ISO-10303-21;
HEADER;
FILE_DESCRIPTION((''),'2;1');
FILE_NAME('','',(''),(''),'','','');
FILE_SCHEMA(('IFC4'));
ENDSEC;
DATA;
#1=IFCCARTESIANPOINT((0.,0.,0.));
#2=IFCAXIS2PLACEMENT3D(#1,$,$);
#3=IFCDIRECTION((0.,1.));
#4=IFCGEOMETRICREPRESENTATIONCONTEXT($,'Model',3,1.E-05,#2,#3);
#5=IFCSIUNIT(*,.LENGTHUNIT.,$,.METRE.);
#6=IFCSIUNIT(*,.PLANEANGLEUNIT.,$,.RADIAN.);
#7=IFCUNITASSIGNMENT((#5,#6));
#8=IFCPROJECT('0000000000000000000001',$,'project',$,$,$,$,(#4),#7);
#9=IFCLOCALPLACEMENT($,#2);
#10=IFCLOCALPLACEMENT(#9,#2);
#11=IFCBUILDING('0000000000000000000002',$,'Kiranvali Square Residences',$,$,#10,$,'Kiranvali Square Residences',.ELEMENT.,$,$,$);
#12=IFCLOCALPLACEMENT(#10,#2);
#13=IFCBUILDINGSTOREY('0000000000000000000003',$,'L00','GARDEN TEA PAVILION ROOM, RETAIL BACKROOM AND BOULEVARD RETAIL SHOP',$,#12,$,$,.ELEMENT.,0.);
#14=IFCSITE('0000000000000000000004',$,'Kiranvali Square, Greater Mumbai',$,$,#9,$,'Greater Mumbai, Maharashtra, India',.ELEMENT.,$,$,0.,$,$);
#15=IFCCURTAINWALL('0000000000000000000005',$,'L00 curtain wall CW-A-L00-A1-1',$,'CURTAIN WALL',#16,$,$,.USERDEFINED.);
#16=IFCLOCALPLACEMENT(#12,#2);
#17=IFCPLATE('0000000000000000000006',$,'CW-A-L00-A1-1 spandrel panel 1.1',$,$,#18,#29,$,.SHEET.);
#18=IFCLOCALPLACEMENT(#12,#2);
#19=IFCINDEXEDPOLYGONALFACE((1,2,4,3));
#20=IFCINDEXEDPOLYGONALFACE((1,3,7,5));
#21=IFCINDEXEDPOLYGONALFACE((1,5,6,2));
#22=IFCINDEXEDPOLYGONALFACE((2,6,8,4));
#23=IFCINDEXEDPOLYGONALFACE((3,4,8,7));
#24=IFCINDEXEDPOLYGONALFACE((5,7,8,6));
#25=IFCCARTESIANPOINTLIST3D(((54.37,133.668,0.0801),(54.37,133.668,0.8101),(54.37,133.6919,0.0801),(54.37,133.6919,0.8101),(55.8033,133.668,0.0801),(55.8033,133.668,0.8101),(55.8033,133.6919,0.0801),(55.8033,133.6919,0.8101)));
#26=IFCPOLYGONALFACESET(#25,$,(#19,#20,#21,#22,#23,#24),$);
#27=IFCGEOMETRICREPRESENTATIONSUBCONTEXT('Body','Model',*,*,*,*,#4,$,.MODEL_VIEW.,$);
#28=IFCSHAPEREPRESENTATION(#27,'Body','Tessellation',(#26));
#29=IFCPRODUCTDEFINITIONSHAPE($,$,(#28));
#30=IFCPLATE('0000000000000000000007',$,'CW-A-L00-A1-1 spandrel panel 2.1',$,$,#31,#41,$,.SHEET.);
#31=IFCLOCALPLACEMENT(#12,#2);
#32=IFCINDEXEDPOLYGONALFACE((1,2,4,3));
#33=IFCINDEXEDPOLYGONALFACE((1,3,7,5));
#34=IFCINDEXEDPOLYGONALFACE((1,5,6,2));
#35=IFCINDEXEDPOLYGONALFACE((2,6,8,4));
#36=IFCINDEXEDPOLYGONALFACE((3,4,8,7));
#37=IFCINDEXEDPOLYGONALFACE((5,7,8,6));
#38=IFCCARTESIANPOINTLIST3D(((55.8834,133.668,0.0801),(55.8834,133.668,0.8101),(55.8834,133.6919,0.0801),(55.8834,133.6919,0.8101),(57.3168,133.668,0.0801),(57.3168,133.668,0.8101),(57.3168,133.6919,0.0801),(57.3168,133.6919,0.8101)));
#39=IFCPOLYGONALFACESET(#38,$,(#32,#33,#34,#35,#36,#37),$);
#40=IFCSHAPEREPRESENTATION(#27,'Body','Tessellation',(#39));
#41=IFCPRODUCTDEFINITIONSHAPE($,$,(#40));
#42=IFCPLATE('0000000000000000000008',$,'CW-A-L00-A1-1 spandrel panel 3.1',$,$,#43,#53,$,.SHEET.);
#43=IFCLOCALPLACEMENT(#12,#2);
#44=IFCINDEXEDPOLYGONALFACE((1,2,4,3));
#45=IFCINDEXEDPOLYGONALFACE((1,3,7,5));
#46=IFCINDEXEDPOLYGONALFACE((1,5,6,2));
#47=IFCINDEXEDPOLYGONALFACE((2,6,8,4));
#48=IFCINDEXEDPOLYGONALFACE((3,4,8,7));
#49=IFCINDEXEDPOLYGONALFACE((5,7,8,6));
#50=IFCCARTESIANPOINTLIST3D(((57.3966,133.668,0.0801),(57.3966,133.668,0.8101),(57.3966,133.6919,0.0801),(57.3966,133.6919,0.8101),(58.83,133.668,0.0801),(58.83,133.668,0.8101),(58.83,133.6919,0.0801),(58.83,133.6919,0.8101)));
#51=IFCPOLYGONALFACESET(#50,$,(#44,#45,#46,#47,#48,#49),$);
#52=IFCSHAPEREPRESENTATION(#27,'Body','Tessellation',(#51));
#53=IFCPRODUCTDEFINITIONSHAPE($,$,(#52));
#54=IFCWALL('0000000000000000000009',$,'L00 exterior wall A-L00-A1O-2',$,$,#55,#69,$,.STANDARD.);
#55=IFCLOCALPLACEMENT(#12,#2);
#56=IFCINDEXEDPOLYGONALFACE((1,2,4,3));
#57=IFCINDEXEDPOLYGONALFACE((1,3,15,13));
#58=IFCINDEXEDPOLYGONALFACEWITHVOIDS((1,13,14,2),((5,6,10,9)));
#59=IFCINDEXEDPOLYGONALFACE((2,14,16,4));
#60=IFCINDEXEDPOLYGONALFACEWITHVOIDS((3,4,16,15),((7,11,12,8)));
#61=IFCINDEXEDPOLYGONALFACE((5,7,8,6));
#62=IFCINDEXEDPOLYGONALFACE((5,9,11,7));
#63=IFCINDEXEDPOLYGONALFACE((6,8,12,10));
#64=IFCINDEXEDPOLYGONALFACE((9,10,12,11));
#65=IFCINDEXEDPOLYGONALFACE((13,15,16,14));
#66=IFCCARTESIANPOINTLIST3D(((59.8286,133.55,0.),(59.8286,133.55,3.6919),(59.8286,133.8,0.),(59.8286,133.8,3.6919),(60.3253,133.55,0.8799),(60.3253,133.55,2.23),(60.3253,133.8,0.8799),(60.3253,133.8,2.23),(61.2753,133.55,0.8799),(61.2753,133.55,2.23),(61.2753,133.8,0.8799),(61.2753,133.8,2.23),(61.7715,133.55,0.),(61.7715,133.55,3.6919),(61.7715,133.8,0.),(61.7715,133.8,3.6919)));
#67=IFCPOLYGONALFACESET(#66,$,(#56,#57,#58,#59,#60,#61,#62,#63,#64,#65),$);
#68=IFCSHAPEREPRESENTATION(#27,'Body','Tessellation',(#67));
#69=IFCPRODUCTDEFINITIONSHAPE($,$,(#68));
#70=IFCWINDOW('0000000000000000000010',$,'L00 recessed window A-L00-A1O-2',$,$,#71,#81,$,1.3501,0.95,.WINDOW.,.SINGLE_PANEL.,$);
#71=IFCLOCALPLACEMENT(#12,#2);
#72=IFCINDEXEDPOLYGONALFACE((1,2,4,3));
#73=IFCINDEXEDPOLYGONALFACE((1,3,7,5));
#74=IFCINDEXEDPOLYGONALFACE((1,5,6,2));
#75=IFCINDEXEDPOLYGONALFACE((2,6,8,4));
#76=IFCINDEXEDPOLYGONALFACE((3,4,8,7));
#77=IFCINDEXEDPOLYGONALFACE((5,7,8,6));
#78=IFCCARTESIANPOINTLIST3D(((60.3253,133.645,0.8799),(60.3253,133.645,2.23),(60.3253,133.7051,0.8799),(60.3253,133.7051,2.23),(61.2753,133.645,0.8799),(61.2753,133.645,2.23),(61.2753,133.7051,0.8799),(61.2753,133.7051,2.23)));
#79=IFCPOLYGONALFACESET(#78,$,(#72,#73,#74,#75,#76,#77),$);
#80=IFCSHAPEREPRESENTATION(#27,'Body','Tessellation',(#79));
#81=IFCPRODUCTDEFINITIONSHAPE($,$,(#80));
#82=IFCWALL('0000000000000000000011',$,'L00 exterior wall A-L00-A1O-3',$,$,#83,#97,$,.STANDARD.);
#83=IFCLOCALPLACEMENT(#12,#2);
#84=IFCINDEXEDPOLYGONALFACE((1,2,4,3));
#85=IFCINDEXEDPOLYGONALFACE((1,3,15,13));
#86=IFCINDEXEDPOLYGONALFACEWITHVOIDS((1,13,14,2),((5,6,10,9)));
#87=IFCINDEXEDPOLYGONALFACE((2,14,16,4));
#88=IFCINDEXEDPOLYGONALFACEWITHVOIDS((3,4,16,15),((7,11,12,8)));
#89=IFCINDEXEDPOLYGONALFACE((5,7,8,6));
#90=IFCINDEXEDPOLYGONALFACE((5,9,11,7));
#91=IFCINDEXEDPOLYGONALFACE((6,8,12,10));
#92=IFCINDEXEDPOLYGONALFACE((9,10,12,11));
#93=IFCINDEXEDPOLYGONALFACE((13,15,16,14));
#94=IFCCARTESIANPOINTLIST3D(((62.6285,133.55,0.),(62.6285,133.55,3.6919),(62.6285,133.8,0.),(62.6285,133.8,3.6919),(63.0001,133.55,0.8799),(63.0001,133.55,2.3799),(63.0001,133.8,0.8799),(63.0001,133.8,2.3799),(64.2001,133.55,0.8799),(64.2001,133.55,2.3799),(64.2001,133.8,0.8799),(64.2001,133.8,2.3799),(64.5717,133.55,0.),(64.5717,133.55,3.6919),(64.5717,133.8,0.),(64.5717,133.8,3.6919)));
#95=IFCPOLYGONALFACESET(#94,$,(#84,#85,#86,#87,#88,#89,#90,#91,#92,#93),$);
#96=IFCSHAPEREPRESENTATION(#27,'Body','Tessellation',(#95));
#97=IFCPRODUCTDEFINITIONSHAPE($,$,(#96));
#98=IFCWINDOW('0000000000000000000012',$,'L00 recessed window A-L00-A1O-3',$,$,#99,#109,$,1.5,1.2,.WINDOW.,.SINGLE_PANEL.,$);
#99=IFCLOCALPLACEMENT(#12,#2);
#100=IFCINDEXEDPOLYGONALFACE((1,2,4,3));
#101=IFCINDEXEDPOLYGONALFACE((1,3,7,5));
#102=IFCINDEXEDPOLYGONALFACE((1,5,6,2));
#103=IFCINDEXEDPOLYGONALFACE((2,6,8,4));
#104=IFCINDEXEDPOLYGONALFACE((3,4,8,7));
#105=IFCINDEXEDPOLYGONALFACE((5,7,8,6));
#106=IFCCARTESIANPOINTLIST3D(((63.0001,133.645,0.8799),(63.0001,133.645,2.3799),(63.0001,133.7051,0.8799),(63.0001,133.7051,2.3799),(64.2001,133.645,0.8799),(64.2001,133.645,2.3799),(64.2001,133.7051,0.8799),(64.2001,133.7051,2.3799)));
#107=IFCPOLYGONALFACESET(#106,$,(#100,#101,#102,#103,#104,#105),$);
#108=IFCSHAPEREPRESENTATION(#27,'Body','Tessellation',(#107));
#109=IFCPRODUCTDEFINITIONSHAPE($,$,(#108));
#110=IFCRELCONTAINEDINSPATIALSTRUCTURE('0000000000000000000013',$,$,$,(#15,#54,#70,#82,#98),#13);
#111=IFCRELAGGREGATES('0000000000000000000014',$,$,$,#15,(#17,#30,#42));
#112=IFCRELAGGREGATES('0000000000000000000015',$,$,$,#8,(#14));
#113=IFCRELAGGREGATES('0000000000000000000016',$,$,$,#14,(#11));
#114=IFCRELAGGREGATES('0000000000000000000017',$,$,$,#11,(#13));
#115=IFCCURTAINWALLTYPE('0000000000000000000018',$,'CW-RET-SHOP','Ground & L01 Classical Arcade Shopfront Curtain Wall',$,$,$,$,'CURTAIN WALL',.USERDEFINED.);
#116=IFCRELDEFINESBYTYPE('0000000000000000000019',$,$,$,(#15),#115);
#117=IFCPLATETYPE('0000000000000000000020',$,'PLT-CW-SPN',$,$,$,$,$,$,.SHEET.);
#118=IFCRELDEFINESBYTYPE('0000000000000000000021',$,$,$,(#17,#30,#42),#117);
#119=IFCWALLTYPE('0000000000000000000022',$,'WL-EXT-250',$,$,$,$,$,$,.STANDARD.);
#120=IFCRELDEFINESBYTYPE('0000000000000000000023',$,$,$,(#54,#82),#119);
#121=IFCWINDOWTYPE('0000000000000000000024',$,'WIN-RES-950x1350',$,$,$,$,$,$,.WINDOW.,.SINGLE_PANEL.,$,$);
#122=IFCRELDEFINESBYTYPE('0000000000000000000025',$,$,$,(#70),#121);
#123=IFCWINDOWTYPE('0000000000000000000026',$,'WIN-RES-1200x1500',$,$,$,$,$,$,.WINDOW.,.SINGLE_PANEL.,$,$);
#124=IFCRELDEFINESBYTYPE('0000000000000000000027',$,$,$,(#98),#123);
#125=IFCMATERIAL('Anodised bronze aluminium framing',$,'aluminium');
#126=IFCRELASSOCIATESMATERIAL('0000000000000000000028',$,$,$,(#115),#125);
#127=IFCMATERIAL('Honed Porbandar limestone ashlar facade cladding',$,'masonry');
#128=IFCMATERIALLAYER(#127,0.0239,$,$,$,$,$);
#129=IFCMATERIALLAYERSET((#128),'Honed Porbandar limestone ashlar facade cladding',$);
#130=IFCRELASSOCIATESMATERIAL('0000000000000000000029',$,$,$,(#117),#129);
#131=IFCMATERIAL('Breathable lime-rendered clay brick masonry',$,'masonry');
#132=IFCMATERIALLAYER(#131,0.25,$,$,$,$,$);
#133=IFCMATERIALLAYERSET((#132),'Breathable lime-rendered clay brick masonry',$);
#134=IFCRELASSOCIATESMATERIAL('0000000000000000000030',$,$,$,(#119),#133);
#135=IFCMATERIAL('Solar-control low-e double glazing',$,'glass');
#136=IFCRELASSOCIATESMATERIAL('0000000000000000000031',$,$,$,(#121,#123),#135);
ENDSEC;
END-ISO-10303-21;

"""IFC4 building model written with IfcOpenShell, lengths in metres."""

from ifc_helpers import new_model, si_unit, direction, frame, frame_2d, origin, origin_2d, place, context, subcontext, project, spatial, rectangle, extrude, material, layer, layer_set, type_object, element, fill, aggregate, save


model = new_model("IFC4")

# Units and contexts
model_context = context("Model", 3, precision=1e-05, world=origin(), true_north=direction((0.0, 1.0)))
body_context = subcontext(model_context, "Body", "Model", "MODEL_VIEW")
ifc_project = project(units=[si_unit("LENGTHUNIT", "METRE"), si_unit("PLANEANGLEUNIT", "RADIAN")], contexts=[model_context])

# Site, building, storey
site_placement = place(None, origin())
site = spatial("IfcSite", under=ifc_project, at=site_placement, Name="Kiranvali Square, Greater Mumbai", LongName="Greater Mumbai, Maharashtra, India", CompositionType="ELEMENT", RefElevation=0.0)
building_placement = place(site_placement, origin())
building = spatial("IfcBuilding", under=site, at=building_placement, Name="Kiranvali Square Residences", LongName="Kiranvali Square Residences", CompositionType="ELEMENT")
storey_placement = place(building_placement, origin())
storey = spatial("IfcBuildingStorey", under=building, at=storey_placement, Name="L00", Description="GARDEN TEA PAVILION ROOM, RETAIL BACKROOM AND BOULEVARD RETAIL SHOP", CompositionType="ELEMENT", Elevation=0.0)

# Curtain wall
ifc_material_1 = material(Name="Anodised bronze aluminium framing", Category="aluminium")
curtain_wall_type = type_object("IfcCurtainWallType", Name="CW-RET-SHOP", Description="Ground & L01 Classical Arcade Shopfront Curtain Wall", ElementType="CURTAIN WALL", PredefinedType="USERDEFINED", material=ifc_material_1)
curtain_wall_1_placement = place(storey_placement, origin())
curtain_wall_1 = element("IfcCurtainWall", 1, at=curtain_wall_1_placement, inside=storey, type_object=curtain_wall_type, Name="L00 curtain wall CW-A-L00-A1-1", ObjectType="CURTAIN WALL", PredefinedType="USERDEFINED")

# Plates
ifc_material_2 = material(Name="Solar-control low-e double glazing", Category="glass")
ifc_material_3 = material(Name="Honed Porbandar limestone ashlar facade cladding", Category="masonry")
ifc_layer_1 = layer(ifc_material_3, 0.0239)
ifc_layer_set_1 = layer_set([ifc_layer_1], Name="Honed Porbandar limestone ashlar facade cladding")
plate_type_1 = type_object("IfcPlateType", Name="PLT-CW-SPN", PredefinedType="SHEET", material=ifc_layer_set_1)
plate_1_placement = place(storey_placement, frame((55.0867, 133.6799, 0.0801), z_axis=(0.0, 0.0, 1.0), x_axis=(1.0, 0.0, 0.0)))
plate_1 = element("IfcPlate", 2, at=plate_1_placement, type_object=plate_type_1, Name="CW-A-L00-A1-1 spandrel panel 1.1", PredefinedType="SHEET", context=body_context, shape_type="SweptSolid", body=[
    extrude(rectangle(XDim=1.4333, YDim=0.0239, at=origin_2d()), origin(), (0.0, 0.0, 1.0), 0.73),
])
plate_2_placement = place(storey_placement, frame((56.6001, 133.6799, 0.0801), z_axis=(0.0, 0.0, 1.0), x_axis=(1.0, 0.0, 0.0)))
plate_2 = element("IfcPlate", 3, at=plate_2_placement, type_object=plate_type_1, Name="CW-A-L00-A1-1 spandrel panel 2.1", PredefinedType="SHEET", context=body_context, shape_type="SweptSolid", body=[
    extrude(rectangle(XDim=1.4333, YDim=0.0239, at=origin_2d()), origin(), (0.0, 0.0, 1.0), 0.73),
])
plate_3_placement = place(storey_placement, frame((58.1133, 133.6799, 0.0801), z_axis=(0.0, 0.0, 1.0), x_axis=(1.0, 0.0, 0.0)))
plate_3 = element("IfcPlate", 4, at=plate_3_placement, type_object=plate_type_1, Name="CW-A-L00-A1-1 spandrel panel 3.1", PredefinedType="SHEET", context=body_context, shape_type="SweptSolid", body=[
    extrude(rectangle(XDim=1.4333, YDim=0.0239, at=origin_2d()), origin(), (0.0, 0.0, 1.0), 0.73),
])
aggregate(curtain_wall_1, [plate_1, plate_2, plate_3])

# Walls, openings, windows
ifc_material_4 = material(Name="Breathable lime-rendered clay brick masonry", Category="masonry")
ifc_layer_2 = layer(ifc_material_4, 0.25)
ifc_layer_set_2 = layer_set([ifc_layer_2], Name="Breathable lime-rendered clay brick masonry")
wall_type = type_object("IfcWallType", Name="WL-EXT-250", PredefinedType="STANDARD", material=ifc_layer_set_2)
wall_1_placement = place(storey_placement, frame((59.8286, 133.675, 0.0), z_axis=(0.0, 0.0, 1.0), x_axis=(1.0, 0.0, 0.0)))
wall_1 = element("IfcWall", 5, at=wall_1_placement, inside=storey, type_object=wall_type, Name="L00 exterior wall A-L00-A1O-2", PredefinedType="STANDARD", context=body_context, shape_type="SweptSolid", body=[
    extrude(rectangle(XDim=1.9429, YDim=0.25, at=frame_2d((0.9714, 0.0))), origin(), (0.0, 0.0, 1.0), 3.6919),
])
opening_1_placement = place(wall_1_placement, frame((0.4966, 0.0, 0.8799)))
opening_1 = element("IfcOpeningElement", 6, at=opening_1_placement, cuts=wall_1, PredefinedType="OPENING", context=body_context, shape_type="SweptSolid", body=[
    extrude(rectangle(XDim=0.95, YDim=1.3501, at=frame_2d((0.4751, 0.675))), frame((0.0, 0.135, 0.0), z_axis=(0.0, -1.0, 0.0), x_axis=(1.0, 0.0, 0.0)), (0.0, 0.0, 1.0), 0.27),
])
window_type_1 = type_object("IfcWindowType", Name="WIN-RES-950x1350", PartitioningType="SINGLE_PANEL", PredefinedType="WINDOW", material=ifc_material_2)
window_1_placement = place(opening_1_placement, origin())
window_1 = element("IfcWindow", 7, at=window_1_placement, inside=storey, type_object=window_type_1, Name="L00 recessed window A-L00-A1O-2", OverallHeight=1.3501, OverallWidth=0.95, PartitioningType="SINGLE_PANEL", PredefinedType="WINDOW", context=body_context, shape_type="SweptSolid", body=[
    extrude(rectangle(XDim=0.95, YDim=1.3501, at=frame_2d((0.4751, 0.675))), frame((0.0, 0.03, 0.0), z_axis=(0.0, -1.0, 0.0), x_axis=(1.0, 0.0, 0.0)), (0.0, 0.0, 1.0), 0.0601),
])
fill(opening_1, window_1)
wall_2_placement = place(storey_placement, frame((62.6284, 133.675, 0.0), z_axis=(0.0, 0.0, 1.0), x_axis=(1.0, 0.0, 0.0)))
wall_2 = element("IfcWall", 8, at=wall_2_placement, inside=storey, type_object=wall_type, Name="L00 exterior wall A-L00-A1O-3", PredefinedType="STANDARD", context=body_context, shape_type="SweptSolid", body=[
    extrude(rectangle(XDim=1.9431, YDim=0.25, at=frame_2d((0.9717, 0.0))), origin(), (0.0, 0.0, 1.0), 3.6919),
])
opening_2_placement = place(wall_2_placement, frame((0.3716, 0.0, 0.8799)))
opening_2 = element("IfcOpeningElement", 9, at=opening_2_placement, cuts=wall_2, PredefinedType="OPENING", context=body_context, shape_type="SweptSolid", body=[
    extrude(rectangle(XDim=1.2, YDim=1.5, at=frame_2d((0.6001, 0.75))), frame((0.0, 0.135, 0.0), z_axis=(0.0, -1.0, 0.0), x_axis=(1.0, 0.0, 0.0)), (0.0, 0.0, 1.0), 0.27),
])
window_type_2 = type_object("IfcWindowType", Name="WIN-RES-1200x1500", PartitioningType="SINGLE_PANEL", PredefinedType="WINDOW", material=ifc_material_2)
window_2_placement = place(opening_2_placement, origin())
window_2 = element("IfcWindow", 10, at=window_2_placement, inside=storey, type_object=window_type_2, Name="L00 recessed window A-L00-A1O-3", OverallHeight=1.5, OverallWidth=1.2, PartitioningType="SINGLE_PANEL", PredefinedType="WINDOW", context=body_context, shape_type="SweptSolid", body=[
    extrude(rectangle(XDim=1.2, YDim=1.5, at=frame_2d((0.6001, 0.75))), frame((0.0, 0.03, 0.0), z_axis=(0.0, -1.0, 0.0), x_axis=(1.0, 0.0, 0.0)), (0.0, 0.0, 1.0), 0.0601),
])
fill(opening_2, window_2)

save(model, "model.ifc")
